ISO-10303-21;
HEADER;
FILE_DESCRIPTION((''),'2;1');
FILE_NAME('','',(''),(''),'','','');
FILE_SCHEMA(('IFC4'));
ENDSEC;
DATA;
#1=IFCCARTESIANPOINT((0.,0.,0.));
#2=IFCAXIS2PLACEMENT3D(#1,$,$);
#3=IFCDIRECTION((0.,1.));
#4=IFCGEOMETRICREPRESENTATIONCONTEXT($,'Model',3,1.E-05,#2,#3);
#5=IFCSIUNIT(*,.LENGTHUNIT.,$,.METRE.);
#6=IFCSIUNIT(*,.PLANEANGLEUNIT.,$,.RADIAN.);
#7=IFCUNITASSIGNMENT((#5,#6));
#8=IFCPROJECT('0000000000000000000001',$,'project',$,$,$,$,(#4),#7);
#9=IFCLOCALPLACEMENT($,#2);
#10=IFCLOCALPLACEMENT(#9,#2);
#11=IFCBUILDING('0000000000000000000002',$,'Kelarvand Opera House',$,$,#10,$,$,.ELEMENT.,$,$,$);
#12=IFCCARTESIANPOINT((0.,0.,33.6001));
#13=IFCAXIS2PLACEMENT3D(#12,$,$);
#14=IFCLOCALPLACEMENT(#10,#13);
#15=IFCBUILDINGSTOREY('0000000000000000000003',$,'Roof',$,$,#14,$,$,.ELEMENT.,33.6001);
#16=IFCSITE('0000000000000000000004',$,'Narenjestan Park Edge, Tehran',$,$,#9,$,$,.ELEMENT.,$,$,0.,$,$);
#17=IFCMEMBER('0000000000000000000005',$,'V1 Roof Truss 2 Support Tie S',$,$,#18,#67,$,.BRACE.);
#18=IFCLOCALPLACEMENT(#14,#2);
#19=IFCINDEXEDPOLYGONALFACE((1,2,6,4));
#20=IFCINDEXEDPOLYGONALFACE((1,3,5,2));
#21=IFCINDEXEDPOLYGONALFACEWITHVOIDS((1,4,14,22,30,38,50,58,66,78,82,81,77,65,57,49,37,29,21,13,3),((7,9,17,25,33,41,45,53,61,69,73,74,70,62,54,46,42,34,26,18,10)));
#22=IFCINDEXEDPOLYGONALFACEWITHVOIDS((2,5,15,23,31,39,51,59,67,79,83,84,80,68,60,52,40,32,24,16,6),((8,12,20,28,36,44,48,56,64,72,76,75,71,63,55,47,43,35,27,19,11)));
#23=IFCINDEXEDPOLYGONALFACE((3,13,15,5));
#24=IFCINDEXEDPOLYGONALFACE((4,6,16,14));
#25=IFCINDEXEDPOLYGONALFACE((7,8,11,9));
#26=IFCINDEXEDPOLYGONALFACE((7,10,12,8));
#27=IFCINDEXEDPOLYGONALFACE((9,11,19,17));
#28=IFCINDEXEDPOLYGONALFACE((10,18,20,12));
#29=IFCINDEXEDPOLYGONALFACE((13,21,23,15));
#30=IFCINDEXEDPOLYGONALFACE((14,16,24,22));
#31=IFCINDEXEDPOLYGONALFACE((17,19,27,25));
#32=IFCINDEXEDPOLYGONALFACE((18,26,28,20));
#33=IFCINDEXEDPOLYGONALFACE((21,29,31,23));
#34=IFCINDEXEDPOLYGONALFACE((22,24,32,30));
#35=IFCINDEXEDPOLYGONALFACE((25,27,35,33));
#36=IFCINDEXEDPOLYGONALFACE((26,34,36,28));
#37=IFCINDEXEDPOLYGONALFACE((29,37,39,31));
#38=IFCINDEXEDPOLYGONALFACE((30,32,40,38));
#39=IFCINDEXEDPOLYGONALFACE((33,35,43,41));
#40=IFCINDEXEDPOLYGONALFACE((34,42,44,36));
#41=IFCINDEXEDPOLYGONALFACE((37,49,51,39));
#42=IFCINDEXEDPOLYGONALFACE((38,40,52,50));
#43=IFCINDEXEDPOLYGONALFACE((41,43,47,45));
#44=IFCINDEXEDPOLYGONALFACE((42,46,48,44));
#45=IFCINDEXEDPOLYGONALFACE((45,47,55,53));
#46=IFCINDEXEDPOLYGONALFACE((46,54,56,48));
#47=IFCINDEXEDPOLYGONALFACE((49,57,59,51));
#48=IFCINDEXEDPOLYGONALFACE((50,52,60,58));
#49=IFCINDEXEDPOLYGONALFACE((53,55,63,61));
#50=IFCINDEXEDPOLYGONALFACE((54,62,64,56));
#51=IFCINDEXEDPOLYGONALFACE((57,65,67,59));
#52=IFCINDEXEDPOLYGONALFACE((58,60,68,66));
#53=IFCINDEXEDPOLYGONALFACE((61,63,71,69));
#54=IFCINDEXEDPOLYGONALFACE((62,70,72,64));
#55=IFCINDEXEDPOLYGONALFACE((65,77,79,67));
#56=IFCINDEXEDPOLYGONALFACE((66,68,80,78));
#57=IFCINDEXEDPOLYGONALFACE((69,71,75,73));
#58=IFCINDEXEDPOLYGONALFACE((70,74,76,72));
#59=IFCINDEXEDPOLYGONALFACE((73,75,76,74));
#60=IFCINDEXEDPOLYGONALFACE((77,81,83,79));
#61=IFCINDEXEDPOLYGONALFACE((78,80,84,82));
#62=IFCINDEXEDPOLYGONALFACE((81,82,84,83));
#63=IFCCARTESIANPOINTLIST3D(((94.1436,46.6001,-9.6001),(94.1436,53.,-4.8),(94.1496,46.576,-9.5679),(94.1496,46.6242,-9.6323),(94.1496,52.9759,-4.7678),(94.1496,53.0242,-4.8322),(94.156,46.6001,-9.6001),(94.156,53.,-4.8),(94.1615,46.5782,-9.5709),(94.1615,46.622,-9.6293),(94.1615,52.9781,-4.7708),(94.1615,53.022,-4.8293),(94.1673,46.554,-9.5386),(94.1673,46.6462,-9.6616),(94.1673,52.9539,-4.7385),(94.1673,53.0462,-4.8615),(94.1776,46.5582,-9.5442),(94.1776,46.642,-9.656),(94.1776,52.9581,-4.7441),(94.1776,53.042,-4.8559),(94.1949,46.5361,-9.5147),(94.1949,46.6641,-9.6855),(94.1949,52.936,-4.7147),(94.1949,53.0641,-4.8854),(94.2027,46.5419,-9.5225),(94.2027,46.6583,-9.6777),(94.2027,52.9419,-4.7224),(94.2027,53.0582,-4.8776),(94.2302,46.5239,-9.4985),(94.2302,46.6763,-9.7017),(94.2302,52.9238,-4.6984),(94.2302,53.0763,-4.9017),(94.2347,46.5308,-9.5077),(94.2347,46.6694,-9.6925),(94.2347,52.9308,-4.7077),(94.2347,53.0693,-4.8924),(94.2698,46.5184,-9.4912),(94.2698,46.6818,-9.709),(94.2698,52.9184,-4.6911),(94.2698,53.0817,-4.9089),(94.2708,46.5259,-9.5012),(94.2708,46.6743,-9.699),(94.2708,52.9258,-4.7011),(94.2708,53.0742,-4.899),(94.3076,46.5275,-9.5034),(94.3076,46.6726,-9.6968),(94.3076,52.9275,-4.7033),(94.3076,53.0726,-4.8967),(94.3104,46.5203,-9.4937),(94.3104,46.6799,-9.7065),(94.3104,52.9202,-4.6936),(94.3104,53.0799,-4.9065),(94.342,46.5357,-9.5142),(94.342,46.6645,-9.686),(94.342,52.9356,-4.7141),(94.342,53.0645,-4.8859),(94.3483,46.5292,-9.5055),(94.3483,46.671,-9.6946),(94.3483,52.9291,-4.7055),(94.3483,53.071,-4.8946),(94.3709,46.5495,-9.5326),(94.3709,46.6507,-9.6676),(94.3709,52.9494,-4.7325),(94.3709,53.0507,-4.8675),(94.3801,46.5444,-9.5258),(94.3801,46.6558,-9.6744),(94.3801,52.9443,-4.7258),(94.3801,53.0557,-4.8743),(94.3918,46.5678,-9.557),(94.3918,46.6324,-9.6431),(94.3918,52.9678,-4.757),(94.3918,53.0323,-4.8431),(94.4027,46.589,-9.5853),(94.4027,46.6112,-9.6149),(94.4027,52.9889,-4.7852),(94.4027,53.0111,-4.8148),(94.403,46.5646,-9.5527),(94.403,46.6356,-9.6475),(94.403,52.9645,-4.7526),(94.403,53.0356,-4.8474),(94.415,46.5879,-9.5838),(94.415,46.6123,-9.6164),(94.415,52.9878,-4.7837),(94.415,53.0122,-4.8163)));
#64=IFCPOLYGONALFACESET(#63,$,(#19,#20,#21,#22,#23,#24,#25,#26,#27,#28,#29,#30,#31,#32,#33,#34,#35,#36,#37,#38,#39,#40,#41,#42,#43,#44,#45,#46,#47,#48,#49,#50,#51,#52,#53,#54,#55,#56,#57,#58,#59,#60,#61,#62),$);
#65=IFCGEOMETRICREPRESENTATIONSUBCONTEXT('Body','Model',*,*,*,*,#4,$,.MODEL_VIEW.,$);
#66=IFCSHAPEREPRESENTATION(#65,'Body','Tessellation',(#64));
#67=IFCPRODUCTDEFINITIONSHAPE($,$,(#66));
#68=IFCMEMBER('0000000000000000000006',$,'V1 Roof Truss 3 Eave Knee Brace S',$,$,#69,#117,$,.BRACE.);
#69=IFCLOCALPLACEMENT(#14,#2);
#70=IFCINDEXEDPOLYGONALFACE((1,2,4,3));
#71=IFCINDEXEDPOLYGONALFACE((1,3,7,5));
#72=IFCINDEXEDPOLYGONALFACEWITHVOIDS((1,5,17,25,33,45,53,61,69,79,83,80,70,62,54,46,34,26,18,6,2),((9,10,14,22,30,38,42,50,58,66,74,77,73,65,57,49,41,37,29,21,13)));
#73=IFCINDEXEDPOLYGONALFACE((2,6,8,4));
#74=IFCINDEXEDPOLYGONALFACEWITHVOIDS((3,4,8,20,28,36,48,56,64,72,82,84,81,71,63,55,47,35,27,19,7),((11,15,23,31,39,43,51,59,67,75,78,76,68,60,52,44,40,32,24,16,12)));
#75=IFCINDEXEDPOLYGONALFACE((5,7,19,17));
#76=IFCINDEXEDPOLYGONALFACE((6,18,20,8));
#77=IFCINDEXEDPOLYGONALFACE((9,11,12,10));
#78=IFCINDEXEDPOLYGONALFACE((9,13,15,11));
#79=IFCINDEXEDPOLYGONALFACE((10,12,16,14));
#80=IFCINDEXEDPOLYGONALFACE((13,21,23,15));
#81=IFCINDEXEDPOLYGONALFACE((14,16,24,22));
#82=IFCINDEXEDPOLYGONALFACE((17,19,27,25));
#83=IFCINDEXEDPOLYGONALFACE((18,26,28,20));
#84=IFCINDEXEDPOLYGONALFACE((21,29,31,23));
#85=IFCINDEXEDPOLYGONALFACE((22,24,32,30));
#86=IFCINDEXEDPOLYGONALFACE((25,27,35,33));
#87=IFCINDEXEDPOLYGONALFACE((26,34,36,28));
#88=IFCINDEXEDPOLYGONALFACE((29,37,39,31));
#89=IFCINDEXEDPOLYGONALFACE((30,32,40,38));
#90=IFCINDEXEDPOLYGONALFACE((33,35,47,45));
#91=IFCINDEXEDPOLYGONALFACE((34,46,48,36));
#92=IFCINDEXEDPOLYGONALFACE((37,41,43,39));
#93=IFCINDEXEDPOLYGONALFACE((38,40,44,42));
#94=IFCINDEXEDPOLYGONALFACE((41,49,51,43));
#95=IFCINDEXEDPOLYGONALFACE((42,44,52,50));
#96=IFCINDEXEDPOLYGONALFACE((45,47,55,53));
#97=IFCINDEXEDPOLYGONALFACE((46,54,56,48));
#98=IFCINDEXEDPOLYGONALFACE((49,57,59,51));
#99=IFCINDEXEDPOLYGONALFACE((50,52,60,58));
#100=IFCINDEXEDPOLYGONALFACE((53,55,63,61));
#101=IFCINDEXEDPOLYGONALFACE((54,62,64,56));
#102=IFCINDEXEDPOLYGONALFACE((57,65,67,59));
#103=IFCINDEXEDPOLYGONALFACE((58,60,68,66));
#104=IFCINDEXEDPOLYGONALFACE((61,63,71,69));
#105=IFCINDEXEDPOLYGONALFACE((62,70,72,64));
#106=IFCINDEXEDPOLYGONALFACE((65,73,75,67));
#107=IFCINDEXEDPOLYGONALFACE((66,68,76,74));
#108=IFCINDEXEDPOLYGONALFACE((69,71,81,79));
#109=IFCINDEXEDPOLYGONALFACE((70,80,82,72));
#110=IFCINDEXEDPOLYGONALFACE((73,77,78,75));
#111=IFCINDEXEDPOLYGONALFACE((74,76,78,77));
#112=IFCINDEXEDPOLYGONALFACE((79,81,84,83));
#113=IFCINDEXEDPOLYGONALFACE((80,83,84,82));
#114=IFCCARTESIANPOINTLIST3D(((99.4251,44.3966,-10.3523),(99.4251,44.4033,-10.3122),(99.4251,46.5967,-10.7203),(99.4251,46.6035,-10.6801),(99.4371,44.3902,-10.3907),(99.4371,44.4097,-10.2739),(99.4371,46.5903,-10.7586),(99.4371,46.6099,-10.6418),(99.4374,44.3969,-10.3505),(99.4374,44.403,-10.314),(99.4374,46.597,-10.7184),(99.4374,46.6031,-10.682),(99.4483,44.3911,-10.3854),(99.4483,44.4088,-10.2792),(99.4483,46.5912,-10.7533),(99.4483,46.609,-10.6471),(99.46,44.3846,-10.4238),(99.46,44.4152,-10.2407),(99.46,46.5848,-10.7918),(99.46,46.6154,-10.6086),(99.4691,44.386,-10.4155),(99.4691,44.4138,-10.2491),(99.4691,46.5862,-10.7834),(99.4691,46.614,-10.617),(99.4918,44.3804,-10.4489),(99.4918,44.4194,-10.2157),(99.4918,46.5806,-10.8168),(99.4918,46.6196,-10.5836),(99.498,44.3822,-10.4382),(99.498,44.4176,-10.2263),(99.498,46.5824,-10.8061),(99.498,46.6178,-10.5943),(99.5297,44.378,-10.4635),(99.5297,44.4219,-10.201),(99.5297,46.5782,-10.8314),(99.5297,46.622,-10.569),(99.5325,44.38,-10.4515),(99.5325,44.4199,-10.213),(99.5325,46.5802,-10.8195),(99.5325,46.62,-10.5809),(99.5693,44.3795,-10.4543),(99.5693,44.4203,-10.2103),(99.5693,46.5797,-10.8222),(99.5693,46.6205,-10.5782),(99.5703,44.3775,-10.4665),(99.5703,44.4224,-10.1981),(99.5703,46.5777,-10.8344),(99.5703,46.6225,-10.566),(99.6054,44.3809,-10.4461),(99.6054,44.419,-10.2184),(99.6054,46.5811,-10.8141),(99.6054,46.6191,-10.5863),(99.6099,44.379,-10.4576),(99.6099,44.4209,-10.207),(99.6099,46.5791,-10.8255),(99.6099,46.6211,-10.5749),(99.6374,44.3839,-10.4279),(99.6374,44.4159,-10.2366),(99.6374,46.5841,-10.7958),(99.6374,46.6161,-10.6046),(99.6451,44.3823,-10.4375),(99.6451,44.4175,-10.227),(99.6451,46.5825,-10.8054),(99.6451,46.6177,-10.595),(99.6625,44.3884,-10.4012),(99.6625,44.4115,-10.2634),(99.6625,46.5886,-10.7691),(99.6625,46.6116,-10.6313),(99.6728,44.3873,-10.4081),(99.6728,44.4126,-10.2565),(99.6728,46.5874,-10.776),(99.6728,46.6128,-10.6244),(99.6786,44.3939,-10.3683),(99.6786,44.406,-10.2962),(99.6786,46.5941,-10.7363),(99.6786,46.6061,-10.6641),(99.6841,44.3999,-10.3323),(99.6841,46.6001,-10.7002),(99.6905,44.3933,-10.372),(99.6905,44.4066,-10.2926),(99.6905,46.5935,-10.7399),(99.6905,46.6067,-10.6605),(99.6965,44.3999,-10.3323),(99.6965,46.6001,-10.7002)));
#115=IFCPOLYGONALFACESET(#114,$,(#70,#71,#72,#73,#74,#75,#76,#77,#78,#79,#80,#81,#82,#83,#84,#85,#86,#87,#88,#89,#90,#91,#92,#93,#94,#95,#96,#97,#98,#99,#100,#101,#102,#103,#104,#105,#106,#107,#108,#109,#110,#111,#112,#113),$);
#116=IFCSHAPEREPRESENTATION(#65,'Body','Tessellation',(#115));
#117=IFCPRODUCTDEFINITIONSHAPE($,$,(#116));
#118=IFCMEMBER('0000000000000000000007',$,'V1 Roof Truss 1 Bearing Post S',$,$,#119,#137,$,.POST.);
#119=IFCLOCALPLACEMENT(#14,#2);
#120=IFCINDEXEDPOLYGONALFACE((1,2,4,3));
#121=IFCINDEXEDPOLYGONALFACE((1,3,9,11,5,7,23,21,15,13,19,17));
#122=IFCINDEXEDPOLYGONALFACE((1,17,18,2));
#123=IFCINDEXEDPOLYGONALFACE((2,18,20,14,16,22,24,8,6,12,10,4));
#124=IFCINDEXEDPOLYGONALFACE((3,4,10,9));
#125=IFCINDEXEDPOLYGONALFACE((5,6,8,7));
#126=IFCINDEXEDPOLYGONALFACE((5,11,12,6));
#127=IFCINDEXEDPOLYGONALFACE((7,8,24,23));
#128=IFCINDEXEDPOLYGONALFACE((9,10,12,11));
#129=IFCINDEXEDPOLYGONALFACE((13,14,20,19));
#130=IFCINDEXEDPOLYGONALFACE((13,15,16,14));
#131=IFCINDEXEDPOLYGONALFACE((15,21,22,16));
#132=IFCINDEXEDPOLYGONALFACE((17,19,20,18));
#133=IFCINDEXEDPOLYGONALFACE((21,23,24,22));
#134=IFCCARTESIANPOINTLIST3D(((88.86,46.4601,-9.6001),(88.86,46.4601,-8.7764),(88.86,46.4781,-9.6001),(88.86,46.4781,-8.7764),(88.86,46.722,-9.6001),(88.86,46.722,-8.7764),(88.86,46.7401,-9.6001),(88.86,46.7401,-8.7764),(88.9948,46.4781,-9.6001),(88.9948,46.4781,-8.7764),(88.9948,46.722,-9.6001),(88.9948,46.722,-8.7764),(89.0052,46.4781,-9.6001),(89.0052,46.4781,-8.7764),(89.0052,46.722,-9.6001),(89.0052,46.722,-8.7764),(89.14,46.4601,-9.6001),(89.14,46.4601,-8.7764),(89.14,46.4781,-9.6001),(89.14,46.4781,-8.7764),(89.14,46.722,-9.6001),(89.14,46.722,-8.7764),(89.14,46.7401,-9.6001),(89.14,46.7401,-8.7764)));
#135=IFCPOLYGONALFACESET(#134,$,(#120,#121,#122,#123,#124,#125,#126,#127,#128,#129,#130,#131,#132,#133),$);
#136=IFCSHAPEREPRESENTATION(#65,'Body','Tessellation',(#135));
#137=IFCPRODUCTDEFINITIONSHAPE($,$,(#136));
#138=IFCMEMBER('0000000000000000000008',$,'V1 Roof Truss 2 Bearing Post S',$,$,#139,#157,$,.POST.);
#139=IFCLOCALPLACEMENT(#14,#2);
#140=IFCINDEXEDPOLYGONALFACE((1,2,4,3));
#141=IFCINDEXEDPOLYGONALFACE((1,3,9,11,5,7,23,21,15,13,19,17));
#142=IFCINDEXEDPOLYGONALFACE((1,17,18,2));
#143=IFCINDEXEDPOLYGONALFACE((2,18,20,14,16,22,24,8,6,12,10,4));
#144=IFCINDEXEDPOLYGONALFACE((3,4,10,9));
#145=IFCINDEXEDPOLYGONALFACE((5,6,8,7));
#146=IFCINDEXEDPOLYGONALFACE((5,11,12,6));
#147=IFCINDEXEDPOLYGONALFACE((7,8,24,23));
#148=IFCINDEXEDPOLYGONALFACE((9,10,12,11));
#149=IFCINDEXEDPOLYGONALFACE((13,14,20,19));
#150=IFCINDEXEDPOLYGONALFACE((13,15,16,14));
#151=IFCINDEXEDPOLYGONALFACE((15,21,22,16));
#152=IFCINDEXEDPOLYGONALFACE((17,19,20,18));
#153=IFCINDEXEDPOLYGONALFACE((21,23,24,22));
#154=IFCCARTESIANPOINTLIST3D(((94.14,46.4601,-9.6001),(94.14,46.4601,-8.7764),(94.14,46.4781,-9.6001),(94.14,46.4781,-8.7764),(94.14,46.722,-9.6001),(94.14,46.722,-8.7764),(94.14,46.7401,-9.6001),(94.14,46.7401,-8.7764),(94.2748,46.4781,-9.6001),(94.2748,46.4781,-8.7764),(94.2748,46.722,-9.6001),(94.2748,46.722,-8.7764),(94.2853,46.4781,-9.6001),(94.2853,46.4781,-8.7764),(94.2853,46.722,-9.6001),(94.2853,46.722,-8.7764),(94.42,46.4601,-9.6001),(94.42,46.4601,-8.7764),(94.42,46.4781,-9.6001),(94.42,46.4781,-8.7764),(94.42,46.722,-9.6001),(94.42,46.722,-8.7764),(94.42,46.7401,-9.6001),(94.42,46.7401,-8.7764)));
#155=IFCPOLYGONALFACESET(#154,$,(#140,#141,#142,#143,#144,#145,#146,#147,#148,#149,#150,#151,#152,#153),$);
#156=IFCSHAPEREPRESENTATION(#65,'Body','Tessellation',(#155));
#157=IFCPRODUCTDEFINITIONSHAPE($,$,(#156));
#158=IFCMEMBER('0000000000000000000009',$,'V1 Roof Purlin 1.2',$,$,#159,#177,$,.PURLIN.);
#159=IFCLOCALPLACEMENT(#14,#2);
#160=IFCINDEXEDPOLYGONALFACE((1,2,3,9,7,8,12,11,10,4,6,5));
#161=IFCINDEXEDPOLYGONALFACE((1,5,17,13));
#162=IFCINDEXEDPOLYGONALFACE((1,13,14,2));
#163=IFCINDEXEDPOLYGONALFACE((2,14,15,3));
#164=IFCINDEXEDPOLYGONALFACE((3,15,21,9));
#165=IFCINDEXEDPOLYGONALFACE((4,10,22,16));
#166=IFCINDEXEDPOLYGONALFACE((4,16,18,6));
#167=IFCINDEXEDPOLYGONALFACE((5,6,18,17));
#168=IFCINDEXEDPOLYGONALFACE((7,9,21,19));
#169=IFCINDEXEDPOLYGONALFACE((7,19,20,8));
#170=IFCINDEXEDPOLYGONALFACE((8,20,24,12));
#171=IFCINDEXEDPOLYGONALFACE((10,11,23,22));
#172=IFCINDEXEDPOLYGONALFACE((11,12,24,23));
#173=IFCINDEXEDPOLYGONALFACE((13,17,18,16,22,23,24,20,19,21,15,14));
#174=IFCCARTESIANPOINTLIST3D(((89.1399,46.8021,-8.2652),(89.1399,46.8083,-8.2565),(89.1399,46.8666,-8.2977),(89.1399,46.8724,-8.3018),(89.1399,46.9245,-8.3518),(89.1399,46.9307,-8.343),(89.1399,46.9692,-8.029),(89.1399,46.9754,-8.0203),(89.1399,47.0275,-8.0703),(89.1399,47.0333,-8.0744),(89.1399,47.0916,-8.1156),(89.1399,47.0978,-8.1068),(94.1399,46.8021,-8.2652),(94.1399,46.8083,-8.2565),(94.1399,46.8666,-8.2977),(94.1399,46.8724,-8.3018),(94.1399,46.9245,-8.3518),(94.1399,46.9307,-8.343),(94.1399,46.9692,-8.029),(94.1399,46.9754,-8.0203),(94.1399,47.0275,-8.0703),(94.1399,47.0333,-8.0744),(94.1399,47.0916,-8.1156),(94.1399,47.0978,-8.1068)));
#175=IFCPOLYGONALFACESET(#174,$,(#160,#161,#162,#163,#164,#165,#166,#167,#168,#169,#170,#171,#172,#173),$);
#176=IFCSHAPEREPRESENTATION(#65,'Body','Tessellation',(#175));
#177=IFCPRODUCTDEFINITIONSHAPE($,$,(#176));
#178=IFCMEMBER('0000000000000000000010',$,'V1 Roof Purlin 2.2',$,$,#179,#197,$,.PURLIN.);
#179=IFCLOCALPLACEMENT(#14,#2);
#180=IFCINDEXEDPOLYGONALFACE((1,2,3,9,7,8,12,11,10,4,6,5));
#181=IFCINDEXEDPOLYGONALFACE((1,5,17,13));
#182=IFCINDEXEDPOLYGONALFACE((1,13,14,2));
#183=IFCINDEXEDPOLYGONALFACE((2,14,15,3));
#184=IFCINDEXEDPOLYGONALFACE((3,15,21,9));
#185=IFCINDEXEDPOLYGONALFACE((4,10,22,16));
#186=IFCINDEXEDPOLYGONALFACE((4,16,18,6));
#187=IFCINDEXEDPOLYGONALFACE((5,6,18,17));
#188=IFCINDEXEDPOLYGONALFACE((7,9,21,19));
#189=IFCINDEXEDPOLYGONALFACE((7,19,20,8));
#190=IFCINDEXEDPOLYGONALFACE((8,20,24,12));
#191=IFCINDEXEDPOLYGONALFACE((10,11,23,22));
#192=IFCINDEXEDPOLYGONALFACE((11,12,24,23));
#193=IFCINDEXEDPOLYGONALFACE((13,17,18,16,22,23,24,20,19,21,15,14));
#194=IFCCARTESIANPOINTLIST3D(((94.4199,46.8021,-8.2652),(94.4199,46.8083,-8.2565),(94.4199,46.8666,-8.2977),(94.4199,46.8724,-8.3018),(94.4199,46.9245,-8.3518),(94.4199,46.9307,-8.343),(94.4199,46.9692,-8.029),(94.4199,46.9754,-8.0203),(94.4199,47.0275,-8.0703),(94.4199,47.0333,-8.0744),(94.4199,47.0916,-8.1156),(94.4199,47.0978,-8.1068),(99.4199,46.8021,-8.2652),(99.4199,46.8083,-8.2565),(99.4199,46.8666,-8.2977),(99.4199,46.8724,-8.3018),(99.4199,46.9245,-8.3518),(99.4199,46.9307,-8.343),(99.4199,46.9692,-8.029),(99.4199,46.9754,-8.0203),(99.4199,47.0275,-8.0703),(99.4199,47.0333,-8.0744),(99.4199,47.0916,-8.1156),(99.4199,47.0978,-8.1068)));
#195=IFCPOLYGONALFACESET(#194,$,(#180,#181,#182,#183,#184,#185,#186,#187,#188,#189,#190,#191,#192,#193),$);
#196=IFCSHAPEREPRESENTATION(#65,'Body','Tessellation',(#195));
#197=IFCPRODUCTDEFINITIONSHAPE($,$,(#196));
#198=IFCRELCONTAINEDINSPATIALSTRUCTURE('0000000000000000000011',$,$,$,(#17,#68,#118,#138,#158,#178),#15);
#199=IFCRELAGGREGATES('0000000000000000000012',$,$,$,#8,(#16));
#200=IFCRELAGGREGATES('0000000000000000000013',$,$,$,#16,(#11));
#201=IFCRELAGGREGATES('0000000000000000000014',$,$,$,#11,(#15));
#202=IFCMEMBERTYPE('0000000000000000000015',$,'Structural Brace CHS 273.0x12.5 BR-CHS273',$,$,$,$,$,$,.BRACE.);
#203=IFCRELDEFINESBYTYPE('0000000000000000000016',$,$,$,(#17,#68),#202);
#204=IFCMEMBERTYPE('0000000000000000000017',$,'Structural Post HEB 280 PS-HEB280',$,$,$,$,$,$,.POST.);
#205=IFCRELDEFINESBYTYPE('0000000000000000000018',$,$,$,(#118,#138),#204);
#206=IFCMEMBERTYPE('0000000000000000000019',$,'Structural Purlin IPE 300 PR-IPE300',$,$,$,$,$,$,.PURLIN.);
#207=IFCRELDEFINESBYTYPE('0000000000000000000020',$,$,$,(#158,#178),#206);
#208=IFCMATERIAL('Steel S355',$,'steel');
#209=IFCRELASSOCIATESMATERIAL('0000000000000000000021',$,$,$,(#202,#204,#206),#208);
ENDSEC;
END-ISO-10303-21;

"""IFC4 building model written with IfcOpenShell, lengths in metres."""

from ifc_helpers import new_model, si_unit, direction, frame, origin, origin_2d, place, context, subcontext, project, spatial, hollow_circle, i_section, extrude, material, material_profile, profile_set, type_object, element, save


model = new_model("IFC4")

# Units and contexts
model_context = context("Model", 3, precision=1e-05, world=origin(), true_north=direction((0.0, 1.0)))
body_context = subcontext(model_context, "Body", "Model", "MODEL_VIEW")
ifc_project = project(units=[si_unit("LENGTHUNIT", "METRE"), si_unit("PLANEANGLEUNIT", "RADIAN")], contexts=[model_context])

# Site, building, storey
site_placement = place(None, origin())
site = spatial("IfcSite", under=ifc_project, at=site_placement, Name="Narenjestan Park Edge, Tehran", CompositionType="ELEMENT", RefElevation=0.0)
building_placement = place(site_placement, origin())
building = spatial("IfcBuilding", under=site, at=building_placement, Name="Kelarvand Opera House", CompositionType="ELEMENT")
storey_placement = place(building_placement, frame((0.0, 0.0, 33.6001)))
storey = spatial("IfcBuildingStorey", under=building, at=storey_placement, Name="Roof", CompositionType="ELEMENT", Elevation=33.6001)

# Members
ifc_material_1 = material(Name="Steel S355", Category="steel")
ifc_material_profile_1 = material_profile(ifc_material_1, hollow_circle(Radius=0.1365, WallThickness=0.0125, at=origin_2d()), Name="CHS 273.0x12.5", Category="steel")
ifc_profile_set_1 = profile_set([ifc_material_profile_1], Name="Steel S355")
member_type_1 = type_object("IfcMemberType", Name="Structural Brace CHS 273.0x12.5 BR-CHS273", PredefinedType="BRACE", material=ifc_profile_set_1)
member_1_placement = place(storey_placement, frame((94.28, 46.6001, -9.6001), z_axis=(0.0, 0.799993, 0.60001), x_axis=(-1.0, 0.0, 0.0)))
element("IfcMember", 1, at=member_1_placement, inside=storey, type_object=member_type_1, Name="V1 Roof Truss 2 Support Tie S", PredefinedType="BRACE", context=body_context, shape_type="SweptSolid", body=[
    extrude(hollow_circle(Radius=0.1365, WallThickness=0.0125, at=origin_2d()), origin(), (0.0, 0.0, 1.0), 8.0),
])
member_2_placement = place(storey_placement, frame((99.5601, 46.6001, -10.7002), z_axis=(0.0, -0.986305, 0.164931), x_axis=(1.0, 0.0, 0.0)))
element("IfcMember", 2, at=member_2_placement, inside=storey, type_object=member_type_1, Name="V1 Roof Truss 3 Eave Knee Brace S", PredefinedType="BRACE", context=body_context, shape_type="SweptSolid", body=[
    extrude(hollow_circle(Radius=0.1365, WallThickness=0.0125, at=origin_2d()), origin(), (0.0, 0.0, 1.0), 2.2307),
])
ifc_material_profile_2 = material_profile(ifc_material_1, i_section(OverallWidth=0.28, OverallDepth=0.28, WebThickness=0.0105, FlangeThickness=0.0181, at=origin_2d()), Name="HEB 280", Category="steel")
ifc_profile_set_2 = profile_set([ifc_material_profile_2], Name="Steel S355")
member_type_2 = type_object("IfcMemberType", Name="Structural Post HEB 280 PS-HEB280", PredefinedType="POST", material=ifc_profile_set_2)
for number, where, z_axis, x_axis, name in (
    (3, (89.0, 46.6001, -9.6001), (0.0, 0.0, 1.0), (1.0, 0.0, 0.0), "V1 Roof Truss 1 Bearing Post S"),
    (4, (94.28, 46.6001, -9.6001), (0.0, 0.0, 1.0), (1.0, 0.0, 0.0), "V1 Roof Truss 2 Bearing Post S"),
):
    element("IfcMember", number, at=place(storey_placement, frame(where, z_axis=z_axis, x_axis=x_axis)), inside=storey, type_object=member_type_2, Name=name, PredefinedType="POST", context=body_context, shape_type="SweptSolid", body=[
        extrude(i_section(OverallWidth=0.28, OverallDepth=0.28, WebThickness=0.0105, FlangeThickness=0.0181, at=origin_2d()), origin(), (0.0, 0.0, 1.0), 0.8237),
    ])
ifc_material_profile_3 = material_profile(ifc_material_1, i_section(OverallWidth=0.1499, OverallDepth=0.3, WebThickness=0.0071, FlangeThickness=0.0107, at=origin_2d()), Name="IPE 300", Category="steel")
ifc_profile_set_3 = profile_set([ifc_material_profile_3], Name="Steel S355")
member_type_3 = type_object("IfcMemberType", Name="Structural Purlin IPE 300 PR-IPE300", PredefinedType="PURLIN", material=ifc_profile_set_3)
for number, where, z_axis, x_axis, name in (
    (5, (89.1399, 46.95, -8.186), (1.0, 0.0, 0.0), (0.0, 0.81644, -0.57743), "V1 Roof Purlin 1.2"),
    (6, (94.4199, 46.95, -8.186), (1.0, 0.0, 0.0), (0.0, 0.81644, -0.57743), "V1 Roof Purlin 2.2"),
):
    element("IfcMember", number, at=place(storey_placement, frame(where, z_axis=z_axis, x_axis=x_axis)), inside=storey, type_object=member_type_3, Name=name, PredefinedType="PURLIN", context=body_context, shape_type="SweptSolid", body=[
        extrude(i_section(OverallWidth=0.1499, OverallDepth=0.3, WebThickness=0.0071, FlangeThickness=0.0107, at=origin_2d()), origin(), (0.0, 0.0, 1.0), 5.0),
    ])

save(model, "model.ifc")
